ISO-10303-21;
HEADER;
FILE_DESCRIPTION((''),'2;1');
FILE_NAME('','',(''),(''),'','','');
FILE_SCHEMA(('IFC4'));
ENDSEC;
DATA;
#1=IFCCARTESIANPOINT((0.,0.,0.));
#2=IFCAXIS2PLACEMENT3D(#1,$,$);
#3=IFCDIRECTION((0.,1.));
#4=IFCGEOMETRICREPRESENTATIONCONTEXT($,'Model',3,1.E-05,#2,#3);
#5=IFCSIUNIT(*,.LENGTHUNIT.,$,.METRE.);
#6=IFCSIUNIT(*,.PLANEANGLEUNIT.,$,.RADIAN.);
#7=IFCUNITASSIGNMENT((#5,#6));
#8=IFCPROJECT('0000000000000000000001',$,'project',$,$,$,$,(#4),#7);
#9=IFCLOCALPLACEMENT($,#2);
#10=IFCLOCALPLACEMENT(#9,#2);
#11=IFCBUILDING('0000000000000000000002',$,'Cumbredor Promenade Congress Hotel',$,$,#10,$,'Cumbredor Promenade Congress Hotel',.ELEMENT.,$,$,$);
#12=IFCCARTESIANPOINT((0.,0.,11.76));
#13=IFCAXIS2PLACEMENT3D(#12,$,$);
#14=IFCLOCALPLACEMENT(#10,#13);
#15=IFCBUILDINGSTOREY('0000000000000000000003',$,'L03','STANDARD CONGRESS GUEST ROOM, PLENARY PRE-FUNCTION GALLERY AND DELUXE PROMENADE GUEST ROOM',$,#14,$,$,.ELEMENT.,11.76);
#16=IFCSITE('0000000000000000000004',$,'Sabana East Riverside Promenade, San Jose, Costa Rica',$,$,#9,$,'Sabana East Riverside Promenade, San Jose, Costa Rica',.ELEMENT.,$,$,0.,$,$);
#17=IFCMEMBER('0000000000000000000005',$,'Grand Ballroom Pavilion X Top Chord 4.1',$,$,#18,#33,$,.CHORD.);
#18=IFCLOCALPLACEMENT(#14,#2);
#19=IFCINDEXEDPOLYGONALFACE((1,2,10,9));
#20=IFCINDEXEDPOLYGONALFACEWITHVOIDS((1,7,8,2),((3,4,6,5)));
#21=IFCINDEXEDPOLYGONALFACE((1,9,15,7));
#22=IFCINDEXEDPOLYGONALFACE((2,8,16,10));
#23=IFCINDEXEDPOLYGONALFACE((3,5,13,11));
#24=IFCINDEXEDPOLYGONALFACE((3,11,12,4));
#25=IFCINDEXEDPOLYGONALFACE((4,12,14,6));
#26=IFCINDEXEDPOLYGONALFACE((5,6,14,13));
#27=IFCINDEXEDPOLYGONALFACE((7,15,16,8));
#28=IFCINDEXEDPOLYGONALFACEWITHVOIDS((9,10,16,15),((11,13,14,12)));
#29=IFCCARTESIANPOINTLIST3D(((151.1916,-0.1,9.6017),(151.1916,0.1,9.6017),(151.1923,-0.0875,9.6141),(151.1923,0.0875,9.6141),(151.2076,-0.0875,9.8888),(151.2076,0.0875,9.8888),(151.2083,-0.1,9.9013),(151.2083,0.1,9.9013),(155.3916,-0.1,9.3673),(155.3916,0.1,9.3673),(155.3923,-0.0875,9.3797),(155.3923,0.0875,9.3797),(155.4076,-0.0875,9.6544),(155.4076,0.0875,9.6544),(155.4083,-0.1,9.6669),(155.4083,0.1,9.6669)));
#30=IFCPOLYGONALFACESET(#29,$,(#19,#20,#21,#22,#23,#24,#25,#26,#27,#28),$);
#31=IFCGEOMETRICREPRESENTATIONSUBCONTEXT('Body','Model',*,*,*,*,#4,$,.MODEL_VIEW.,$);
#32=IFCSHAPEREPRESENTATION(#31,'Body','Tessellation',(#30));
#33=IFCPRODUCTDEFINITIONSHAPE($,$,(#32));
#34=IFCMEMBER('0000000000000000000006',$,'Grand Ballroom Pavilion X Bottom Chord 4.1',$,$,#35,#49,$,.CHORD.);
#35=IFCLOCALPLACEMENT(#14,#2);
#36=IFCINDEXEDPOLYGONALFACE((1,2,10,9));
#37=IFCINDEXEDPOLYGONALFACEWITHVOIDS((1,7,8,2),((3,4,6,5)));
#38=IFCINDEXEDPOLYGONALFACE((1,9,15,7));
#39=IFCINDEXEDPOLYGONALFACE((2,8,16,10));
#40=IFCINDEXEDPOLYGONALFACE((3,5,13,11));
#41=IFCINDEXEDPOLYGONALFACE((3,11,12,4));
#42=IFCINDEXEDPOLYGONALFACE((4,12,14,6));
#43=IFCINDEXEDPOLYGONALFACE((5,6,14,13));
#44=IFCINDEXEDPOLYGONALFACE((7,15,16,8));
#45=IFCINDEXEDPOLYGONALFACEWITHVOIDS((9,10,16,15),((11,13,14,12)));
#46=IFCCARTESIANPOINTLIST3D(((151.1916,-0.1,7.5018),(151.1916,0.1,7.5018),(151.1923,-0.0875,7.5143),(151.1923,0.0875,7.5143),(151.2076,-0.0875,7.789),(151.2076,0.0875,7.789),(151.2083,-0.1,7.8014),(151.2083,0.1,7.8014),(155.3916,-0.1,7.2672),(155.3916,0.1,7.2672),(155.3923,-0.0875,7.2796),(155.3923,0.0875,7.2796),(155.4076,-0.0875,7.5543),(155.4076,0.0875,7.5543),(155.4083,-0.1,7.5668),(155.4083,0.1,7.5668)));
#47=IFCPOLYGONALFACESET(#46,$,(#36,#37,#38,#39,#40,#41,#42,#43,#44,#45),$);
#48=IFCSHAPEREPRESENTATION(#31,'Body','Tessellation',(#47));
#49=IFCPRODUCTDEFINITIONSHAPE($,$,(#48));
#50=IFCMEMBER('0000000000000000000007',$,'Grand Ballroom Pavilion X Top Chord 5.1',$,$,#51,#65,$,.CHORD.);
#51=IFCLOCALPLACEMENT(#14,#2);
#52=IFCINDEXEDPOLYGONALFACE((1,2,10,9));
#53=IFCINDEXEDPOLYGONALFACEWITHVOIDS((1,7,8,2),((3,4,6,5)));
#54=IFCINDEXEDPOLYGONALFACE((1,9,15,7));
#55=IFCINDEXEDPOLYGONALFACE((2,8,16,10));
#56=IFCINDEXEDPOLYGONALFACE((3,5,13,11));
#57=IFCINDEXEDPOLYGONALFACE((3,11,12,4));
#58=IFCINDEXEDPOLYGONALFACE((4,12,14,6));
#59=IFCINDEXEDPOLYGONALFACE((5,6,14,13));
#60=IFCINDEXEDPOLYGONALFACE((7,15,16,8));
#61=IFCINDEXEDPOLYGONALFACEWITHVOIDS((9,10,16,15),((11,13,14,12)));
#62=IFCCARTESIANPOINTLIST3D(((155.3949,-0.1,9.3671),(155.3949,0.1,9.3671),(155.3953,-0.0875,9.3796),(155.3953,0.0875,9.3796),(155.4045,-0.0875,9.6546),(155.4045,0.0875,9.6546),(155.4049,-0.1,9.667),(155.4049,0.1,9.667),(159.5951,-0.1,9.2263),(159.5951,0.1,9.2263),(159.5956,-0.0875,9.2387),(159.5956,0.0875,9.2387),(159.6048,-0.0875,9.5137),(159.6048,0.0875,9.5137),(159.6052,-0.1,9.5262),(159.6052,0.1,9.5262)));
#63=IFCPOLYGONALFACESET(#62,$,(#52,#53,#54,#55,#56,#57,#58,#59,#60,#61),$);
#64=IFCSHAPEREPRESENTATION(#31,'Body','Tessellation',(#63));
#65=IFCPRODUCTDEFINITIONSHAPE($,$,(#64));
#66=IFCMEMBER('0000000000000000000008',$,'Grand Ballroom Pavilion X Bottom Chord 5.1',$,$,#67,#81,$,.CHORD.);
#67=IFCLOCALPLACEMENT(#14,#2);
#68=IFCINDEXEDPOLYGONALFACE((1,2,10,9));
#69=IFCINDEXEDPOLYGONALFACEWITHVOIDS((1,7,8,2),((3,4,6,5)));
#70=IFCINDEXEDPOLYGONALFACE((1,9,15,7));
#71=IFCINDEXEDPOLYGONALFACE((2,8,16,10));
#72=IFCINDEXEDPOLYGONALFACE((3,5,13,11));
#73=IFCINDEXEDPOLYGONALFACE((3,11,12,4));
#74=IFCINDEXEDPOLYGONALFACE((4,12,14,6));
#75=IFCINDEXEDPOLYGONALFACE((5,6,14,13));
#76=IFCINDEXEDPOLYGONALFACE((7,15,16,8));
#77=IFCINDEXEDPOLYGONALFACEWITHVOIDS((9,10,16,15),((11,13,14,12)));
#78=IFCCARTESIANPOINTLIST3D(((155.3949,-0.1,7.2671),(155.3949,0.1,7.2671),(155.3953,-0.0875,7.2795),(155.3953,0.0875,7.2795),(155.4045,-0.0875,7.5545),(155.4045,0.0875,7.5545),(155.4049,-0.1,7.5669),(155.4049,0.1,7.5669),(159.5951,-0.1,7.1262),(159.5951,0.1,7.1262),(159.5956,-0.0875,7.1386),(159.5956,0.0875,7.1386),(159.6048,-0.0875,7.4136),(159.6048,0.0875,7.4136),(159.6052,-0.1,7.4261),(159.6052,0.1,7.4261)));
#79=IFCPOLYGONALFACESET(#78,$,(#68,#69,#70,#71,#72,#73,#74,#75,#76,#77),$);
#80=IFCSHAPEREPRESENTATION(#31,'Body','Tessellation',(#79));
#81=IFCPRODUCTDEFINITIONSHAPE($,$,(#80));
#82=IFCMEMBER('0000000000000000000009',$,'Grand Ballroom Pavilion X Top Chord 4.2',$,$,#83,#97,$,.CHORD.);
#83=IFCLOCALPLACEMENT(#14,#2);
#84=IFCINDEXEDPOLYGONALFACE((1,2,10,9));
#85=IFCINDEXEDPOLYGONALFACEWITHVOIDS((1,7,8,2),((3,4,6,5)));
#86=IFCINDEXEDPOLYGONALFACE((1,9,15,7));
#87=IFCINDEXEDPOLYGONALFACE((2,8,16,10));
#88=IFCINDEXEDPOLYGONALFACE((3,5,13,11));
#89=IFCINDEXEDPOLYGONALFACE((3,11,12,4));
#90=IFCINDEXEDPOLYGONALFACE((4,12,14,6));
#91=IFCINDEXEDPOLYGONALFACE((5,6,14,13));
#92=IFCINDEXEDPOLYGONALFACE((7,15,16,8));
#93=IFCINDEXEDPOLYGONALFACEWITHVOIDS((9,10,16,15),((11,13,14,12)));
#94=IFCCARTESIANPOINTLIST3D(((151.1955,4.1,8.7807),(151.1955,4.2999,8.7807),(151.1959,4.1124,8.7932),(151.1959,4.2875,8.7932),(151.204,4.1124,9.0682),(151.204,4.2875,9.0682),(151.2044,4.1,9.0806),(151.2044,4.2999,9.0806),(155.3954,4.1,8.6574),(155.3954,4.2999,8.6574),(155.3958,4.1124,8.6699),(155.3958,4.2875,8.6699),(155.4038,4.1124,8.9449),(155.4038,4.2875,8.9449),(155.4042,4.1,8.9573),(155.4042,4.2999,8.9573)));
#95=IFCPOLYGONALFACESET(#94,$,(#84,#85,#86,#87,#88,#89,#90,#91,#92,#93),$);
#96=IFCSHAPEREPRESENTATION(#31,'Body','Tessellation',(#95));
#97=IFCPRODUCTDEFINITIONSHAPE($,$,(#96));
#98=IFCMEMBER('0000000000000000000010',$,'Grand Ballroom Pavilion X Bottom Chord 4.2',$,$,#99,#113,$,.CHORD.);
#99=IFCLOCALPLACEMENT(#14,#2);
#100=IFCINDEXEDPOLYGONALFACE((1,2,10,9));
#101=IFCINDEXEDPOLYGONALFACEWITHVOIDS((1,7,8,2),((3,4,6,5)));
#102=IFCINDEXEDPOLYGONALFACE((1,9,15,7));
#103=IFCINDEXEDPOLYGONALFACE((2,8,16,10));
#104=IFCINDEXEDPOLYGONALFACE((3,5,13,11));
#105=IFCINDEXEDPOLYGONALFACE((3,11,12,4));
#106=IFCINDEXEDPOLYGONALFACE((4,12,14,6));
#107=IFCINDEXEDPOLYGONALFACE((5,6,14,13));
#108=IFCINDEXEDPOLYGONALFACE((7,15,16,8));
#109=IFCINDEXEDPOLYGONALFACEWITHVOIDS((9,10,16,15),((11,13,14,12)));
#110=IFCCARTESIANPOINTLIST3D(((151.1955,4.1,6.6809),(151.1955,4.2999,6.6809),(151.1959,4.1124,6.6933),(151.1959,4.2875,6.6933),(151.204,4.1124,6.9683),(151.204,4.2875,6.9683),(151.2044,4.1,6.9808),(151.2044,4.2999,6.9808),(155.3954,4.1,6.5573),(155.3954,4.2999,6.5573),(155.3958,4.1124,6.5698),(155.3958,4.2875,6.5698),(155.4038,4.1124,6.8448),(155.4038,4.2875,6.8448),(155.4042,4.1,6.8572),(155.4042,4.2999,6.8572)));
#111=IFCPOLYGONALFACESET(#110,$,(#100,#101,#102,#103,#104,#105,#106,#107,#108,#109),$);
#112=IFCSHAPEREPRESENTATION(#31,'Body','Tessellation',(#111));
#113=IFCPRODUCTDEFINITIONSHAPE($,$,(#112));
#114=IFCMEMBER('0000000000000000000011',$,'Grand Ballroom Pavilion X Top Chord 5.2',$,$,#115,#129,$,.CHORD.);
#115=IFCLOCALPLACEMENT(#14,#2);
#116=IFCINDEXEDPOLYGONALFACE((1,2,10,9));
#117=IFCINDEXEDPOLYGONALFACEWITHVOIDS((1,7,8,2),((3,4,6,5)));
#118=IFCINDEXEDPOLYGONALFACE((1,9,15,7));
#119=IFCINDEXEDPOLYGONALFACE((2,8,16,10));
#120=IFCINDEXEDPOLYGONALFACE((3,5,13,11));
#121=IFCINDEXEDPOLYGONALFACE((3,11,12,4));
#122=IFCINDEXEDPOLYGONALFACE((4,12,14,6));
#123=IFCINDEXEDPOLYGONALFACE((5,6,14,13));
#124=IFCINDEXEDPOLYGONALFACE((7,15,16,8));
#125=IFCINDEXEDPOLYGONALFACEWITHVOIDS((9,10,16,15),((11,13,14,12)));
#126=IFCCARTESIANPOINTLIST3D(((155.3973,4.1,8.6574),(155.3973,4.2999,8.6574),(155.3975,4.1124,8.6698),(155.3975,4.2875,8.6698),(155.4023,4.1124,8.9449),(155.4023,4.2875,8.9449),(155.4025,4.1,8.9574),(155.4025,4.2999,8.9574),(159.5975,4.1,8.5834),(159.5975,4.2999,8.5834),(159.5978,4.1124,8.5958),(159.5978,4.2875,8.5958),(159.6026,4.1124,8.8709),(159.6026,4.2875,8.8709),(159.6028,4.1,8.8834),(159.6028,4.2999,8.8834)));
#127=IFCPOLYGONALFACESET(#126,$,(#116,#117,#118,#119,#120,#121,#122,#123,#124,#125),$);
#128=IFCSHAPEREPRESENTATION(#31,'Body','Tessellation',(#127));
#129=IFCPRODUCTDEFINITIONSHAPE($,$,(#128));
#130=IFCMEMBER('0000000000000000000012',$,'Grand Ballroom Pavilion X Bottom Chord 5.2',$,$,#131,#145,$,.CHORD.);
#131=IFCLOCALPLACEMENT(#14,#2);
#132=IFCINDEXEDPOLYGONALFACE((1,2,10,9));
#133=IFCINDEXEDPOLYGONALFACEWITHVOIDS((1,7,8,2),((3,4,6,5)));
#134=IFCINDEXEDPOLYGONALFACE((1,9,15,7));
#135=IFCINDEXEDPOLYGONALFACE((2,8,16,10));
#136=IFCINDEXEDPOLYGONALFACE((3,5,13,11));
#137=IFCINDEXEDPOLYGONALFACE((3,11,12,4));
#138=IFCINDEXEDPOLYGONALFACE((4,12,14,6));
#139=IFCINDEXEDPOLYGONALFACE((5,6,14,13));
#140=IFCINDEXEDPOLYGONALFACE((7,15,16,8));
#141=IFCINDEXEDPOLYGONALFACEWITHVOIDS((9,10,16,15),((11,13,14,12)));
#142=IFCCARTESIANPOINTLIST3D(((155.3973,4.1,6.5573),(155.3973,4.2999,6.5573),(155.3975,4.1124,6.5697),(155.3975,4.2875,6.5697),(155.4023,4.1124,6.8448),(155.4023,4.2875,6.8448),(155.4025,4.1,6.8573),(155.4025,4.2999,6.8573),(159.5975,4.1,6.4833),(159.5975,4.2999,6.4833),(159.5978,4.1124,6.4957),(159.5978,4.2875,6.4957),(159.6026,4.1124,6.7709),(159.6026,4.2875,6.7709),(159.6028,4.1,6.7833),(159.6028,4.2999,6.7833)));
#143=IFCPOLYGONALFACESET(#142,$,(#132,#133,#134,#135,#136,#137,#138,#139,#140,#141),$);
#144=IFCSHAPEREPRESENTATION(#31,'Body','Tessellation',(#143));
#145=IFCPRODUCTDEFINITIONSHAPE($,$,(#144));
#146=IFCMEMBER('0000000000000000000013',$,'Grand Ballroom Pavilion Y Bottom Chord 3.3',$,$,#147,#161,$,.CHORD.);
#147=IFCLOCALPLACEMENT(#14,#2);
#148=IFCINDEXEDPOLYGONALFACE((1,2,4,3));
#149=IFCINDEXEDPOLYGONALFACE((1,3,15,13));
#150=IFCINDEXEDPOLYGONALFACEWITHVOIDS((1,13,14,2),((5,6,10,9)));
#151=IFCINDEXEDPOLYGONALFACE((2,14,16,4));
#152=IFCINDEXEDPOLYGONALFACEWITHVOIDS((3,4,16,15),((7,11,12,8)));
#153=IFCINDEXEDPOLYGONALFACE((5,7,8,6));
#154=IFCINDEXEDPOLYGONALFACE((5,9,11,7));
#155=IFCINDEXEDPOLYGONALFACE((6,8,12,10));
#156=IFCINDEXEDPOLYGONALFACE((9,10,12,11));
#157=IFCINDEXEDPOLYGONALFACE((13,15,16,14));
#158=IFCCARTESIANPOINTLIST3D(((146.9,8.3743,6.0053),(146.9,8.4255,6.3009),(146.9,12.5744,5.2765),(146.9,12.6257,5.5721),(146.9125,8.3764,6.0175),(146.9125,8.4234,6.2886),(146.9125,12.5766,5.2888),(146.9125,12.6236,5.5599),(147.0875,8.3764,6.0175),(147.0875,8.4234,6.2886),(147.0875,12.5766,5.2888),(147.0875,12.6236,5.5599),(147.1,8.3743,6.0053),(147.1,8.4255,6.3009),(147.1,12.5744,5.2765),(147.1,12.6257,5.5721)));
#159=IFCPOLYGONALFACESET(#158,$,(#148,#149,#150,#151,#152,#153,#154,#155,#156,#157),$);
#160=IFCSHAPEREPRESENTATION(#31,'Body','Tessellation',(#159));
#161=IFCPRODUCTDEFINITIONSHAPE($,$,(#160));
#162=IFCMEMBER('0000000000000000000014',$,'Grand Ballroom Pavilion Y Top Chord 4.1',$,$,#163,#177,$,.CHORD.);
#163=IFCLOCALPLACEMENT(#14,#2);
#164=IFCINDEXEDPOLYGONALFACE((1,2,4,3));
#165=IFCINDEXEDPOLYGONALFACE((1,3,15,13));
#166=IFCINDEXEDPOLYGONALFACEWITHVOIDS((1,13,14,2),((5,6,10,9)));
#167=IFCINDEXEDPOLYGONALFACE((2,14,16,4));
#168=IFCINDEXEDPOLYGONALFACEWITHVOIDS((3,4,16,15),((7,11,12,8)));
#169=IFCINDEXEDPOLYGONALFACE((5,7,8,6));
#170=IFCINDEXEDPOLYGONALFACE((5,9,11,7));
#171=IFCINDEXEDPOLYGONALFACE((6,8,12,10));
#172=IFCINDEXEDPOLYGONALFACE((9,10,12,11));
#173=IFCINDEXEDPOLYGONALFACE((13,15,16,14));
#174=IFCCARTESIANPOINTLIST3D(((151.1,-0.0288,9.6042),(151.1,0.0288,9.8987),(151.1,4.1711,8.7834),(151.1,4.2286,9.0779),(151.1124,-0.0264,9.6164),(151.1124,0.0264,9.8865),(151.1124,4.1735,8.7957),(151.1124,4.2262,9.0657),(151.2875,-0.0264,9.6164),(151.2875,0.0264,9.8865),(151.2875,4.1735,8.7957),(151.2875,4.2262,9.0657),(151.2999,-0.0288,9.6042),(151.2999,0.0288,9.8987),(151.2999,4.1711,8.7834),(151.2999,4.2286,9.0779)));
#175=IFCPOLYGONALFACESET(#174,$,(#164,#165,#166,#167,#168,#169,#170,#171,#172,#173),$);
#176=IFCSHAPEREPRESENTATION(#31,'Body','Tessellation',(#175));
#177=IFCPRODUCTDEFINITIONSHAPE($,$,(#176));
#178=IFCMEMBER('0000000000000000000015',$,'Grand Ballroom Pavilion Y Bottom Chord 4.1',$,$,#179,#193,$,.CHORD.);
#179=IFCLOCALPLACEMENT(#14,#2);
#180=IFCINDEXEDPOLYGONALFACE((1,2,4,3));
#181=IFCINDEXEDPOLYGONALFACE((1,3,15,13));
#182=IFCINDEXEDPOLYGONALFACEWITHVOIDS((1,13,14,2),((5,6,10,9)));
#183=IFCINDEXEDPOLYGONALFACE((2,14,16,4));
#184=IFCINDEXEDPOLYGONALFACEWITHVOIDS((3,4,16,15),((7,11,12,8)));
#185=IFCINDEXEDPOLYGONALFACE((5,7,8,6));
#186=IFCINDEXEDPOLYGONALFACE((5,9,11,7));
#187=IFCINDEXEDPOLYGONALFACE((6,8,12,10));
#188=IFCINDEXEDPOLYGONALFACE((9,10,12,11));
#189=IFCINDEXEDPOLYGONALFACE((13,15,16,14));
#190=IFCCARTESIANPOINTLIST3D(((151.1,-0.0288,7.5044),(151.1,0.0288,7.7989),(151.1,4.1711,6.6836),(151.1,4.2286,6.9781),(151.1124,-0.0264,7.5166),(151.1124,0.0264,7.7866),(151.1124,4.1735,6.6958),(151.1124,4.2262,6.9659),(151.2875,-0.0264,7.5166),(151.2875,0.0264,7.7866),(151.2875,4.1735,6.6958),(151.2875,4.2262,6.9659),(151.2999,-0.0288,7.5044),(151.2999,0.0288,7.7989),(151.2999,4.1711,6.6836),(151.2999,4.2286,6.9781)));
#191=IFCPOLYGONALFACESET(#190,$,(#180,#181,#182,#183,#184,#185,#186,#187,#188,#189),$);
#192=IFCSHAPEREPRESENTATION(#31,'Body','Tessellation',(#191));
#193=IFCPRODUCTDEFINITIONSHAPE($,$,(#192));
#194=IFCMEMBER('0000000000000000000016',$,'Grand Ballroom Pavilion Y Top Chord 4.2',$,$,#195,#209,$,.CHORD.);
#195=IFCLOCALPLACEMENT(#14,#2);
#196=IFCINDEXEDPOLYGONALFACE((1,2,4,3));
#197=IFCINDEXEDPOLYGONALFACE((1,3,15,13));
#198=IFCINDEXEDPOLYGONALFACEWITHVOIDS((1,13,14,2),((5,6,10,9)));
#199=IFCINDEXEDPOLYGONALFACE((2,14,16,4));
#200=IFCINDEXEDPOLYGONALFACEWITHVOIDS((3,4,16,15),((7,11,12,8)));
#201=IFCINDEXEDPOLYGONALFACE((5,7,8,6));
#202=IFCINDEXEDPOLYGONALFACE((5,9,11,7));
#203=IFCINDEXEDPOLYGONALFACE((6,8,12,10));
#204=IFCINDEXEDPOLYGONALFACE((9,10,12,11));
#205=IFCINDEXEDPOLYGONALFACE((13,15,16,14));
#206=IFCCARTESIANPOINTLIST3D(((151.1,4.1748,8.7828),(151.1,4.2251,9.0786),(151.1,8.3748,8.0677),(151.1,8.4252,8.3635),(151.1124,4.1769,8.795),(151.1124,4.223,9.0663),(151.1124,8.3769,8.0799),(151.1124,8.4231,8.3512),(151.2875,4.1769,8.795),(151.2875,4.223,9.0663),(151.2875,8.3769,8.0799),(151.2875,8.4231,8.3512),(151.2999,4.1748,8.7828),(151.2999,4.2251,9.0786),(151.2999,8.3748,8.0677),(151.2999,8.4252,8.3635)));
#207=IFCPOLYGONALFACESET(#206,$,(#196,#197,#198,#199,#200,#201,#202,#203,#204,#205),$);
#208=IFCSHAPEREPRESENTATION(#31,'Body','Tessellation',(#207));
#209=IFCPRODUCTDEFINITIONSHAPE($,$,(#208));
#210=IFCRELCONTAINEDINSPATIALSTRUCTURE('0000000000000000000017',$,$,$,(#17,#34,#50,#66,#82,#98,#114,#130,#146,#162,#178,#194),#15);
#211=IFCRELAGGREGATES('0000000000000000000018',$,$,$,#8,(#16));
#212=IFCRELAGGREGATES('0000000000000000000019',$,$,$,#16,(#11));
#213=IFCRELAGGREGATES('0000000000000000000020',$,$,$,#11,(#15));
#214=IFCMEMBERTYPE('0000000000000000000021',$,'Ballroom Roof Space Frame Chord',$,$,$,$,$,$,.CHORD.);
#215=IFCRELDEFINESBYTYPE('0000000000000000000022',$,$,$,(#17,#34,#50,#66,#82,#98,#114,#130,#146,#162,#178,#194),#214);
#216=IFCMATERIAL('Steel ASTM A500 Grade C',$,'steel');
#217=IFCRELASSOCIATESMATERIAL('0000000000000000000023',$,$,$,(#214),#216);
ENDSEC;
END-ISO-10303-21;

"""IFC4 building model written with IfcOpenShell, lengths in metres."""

from ifc_helpers import new_model, si_unit, direction, frame, origin, origin_2d, place, context, subcontext, project, spatial, hollow_rectangle, extrude, material, material_profile, profile_set, type_object, element, save


model = new_model("IFC4")

# Units and contexts
model_context = context("Model", 3, precision=1e-05, world=origin(), true_north=direction((0.0, 1.0)))
body_context = subcontext(model_context, "Body", "Model", "MODEL_VIEW")
ifc_project = project(units=[si_unit("LENGTHUNIT", "METRE"), si_unit("PLANEANGLEUNIT", "RADIAN")], contexts=[model_context])

# Site, building, storey
site_placement = place(None, origin())
site = spatial("IfcSite", under=ifc_project, at=site_placement, Name="Sabana East Riverside Promenade, San Jose, Costa Rica", LongName="Sabana East Riverside Promenade, San Jose, Costa Rica", CompositionType="ELEMENT", RefElevation=0.0)
building_placement = place(site_placement, origin())
building = spatial("IfcBuilding", under=site, at=building_placement, Name="Cumbredor Promenade Congress Hotel", LongName="Cumbredor Promenade Congress Hotel", CompositionType="ELEMENT")
storey_placement = place(building_placement, frame((0.0, 0.0, 11.76)))
storey = spatial("IfcBuildingStorey", under=building, at=storey_placement, Name="L03", Description="STANDARD CONGRESS GUEST ROOM, PLENARY PRE-FUNCTION GALLERY AND DELUXE PROMENADE GUEST ROOM", CompositionType="ELEMENT", Elevation=11.76)

# Members
ifc_material_1 = material(Name="Steel ASTM A500 Grade C", Category="steel")
ifc_material_profile_1 = material_profile(ifc_material_1, hollow_rectangle(XDim=0.2, YDim=0.3, WallThickness=0.0125, at=origin_2d()), Name="HSS 300x200x12.5")
ifc_profile_set_1 = profile_set([ifc_material_profile_1], Name="Steel ASTM A500 Grade C")
member_type_1 = type_object("IfcMemberType", Name="Ballroom Roof Space Frame Chord", PredefinedType="CHORD", material=ifc_profile_set_1)
for number, where, z_axis, x_axis, name in (
    (1, (151.2, 0.0, 9.7515), (0.998447, 0.0, -0.055718), (0.0, 1.0, 0.0), "Grand Ballroom Pavilion X Top Chord 4.1"),
    (2, (151.2, 0.0, 7.6516), (0.998443, 0.0, -0.055775), (0.0, 1.0, 0.0), "Grand Ballroom Pavilion X Bottom Chord 4.1"),
):
    element("IfcMember", number, at=place(storey_placement, frame(where, z_axis=z_axis, x_axis=x_axis)), inside=storey, type_object=member_type_1, Name=name, PredefinedType="CHORD", context=body_context, shape_type="SweptSolid", body=[
        extrude(hollow_rectangle(XDim=0.2, YDim=0.3, WallThickness=0.0125, at=origin_2d()), origin(), (0.0, 0.0, 1.0), 4.2065),
    ])
for number, where, z_axis, x_axis, name in (
    (3, (155.3999, 0.0, 9.5171), (0.999438, 0.0, -0.03352), (0.0, 1.0, 0.0), "Grand Ballroom Pavilion X Top Chord 5.1"),
    (4, (155.3999, 0.0, 7.417), (0.999438, 0.0, -0.03352), (0.0, 1.0, 0.0), "Grand Ballroom Pavilion X Bottom Chord 5.1"),
):
    element("IfcMember", number, at=place(storey_placement, frame(where, z_axis=z_axis, x_axis=x_axis)), inside=storey, type_object=member_type_1, Name=name, PredefinedType="CHORD", context=body_context, shape_type="SweptSolid", body=[
        extrude(hollow_rectangle(XDim=0.2, YDim=0.3, WallThickness=0.0125, at=origin_2d()), origin(), (0.0, 0.0, 1.0), 4.2026),
    ])
for number, where, z_axis, x_axis, name in (
    (5, (151.2, 4.2, 8.9307), (0.999569, 0.0, -0.029343), (0.0, 1.0, 0.0), "Grand Ballroom Pavilion X Top Chord 4.2"),
    (6, (151.2, 4.2, 6.8308), (0.999568, 0.0, -0.029401), (0.0, 1.0, 0.0), "Grand Ballroom Pavilion X Bottom Chord 4.2"),
):
    element("IfcMember", number, at=place(storey_placement, frame(where, z_axis=z_axis, x_axis=x_axis)), inside=storey, type_object=member_type_1, Name=name, PredefinedType="CHORD", context=body_context, shape_type="SweptSolid", body=[
        extrude(hollow_rectangle(XDim=0.2, YDim=0.3, WallThickness=0.0125, at=origin_2d()), origin(), (0.0, 0.0, 1.0), 4.2017),
    ])
for number, where, z_axis, x_axis, name in (
    (7, (155.3999, 4.2, 8.8074), (0.999845, 0.0, -0.017609), (0.0, 1.0, 0.0), "Grand Ballroom Pavilion X Top Chord 5.2"),
    (8, (155.3999, 4.2, 6.7073), (0.999845, 0.0, -0.017609), (0.0, 1.0, 0.0), "Grand Ballroom Pavilion X Bottom Chord 5.2"),
):
    element("IfcMember", number, at=place(storey_placement, frame(where, z_axis=z_axis, x_axis=x_axis)), inside=storey, type_object=member_type_1, Name=name, PredefinedType="CHORD", context=body_context, shape_type="SweptSolid", body=[
        extrude(hollow_rectangle(XDim=0.2, YDim=0.3, WallThickness=0.0125, at=origin_2d()), origin(), (0.0, 0.0, 1.0), 4.2009),
    ])
member_1_placement = place(storey_placement, frame((147.0, 8.3999, 6.1531), z_axis=(0.0, 0.985279, -0.170952), x_axis=(-1.0, 0.0, 0.0)))
element("IfcMember", 9, at=member_1_placement, inside=storey, type_object=member_type_1, Name="Grand Ballroom Pavilion Y Bottom Chord 3.3", PredefinedType="CHORD", context=body_context, shape_type="SweptSolid", body=[
    extrude(hollow_rectangle(XDim=0.2, YDim=0.3, WallThickness=0.0125, at=origin_2d()), origin(), (0.0, 0.0, 1.0), 4.2629),
])
for number, where, z_axis, x_axis, name in (
    (10, (151.2, 0.0, 9.7515), (0.0, 0.981434, -0.191803), (-1.0, 0.0, 0.0), "Grand Ballroom Pavilion Y Top Chord 4.1"),
    (11, (151.2, 0.0, 7.6516), (0.0, 0.981434, -0.191803), (-1.0, 0.0, 0.0), "Grand Ballroom Pavilion Y Bottom Chord 4.1"),
):
    element("IfcMember", number, at=place(storey_placement, frame(where, z_axis=z_axis, x_axis=x_axis)), inside=storey, type_object=member_type_1, Name=name, PredefinedType="CHORD", context=body_context, shape_type="SweptSolid", body=[
        extrude(hollow_rectangle(XDim=0.2, YDim=0.3, WallThickness=0.0125, at=origin_2d()), origin(), (0.0, 0.0, 1.0), 4.2793),
    ])
for number, where, z_axis, x_axis, name in (
    (12, (151.2, 4.2, 8.9307), (0.0, 0.985813, -0.167846), (-1.0, 0.0, 0.0), "Grand Ballroom Pavilion Y Top Chord 4.2"),
):
    element("IfcMember", number, at=place(storey_placement, frame(where, z_axis=z_axis, x_axis=x_axis)), inside=storey, type_object=member_type_1, Name=name, PredefinedType="CHORD", context=body_context, shape_type="SweptSolid", body=[
        extrude(hollow_rectangle(XDim=0.2, YDim=0.3, WallThickness=0.0125, at=origin_2d()), origin(), (0.0, 0.0, 1.0), 4.2605),
    ])

save(model, "model.ifc")
